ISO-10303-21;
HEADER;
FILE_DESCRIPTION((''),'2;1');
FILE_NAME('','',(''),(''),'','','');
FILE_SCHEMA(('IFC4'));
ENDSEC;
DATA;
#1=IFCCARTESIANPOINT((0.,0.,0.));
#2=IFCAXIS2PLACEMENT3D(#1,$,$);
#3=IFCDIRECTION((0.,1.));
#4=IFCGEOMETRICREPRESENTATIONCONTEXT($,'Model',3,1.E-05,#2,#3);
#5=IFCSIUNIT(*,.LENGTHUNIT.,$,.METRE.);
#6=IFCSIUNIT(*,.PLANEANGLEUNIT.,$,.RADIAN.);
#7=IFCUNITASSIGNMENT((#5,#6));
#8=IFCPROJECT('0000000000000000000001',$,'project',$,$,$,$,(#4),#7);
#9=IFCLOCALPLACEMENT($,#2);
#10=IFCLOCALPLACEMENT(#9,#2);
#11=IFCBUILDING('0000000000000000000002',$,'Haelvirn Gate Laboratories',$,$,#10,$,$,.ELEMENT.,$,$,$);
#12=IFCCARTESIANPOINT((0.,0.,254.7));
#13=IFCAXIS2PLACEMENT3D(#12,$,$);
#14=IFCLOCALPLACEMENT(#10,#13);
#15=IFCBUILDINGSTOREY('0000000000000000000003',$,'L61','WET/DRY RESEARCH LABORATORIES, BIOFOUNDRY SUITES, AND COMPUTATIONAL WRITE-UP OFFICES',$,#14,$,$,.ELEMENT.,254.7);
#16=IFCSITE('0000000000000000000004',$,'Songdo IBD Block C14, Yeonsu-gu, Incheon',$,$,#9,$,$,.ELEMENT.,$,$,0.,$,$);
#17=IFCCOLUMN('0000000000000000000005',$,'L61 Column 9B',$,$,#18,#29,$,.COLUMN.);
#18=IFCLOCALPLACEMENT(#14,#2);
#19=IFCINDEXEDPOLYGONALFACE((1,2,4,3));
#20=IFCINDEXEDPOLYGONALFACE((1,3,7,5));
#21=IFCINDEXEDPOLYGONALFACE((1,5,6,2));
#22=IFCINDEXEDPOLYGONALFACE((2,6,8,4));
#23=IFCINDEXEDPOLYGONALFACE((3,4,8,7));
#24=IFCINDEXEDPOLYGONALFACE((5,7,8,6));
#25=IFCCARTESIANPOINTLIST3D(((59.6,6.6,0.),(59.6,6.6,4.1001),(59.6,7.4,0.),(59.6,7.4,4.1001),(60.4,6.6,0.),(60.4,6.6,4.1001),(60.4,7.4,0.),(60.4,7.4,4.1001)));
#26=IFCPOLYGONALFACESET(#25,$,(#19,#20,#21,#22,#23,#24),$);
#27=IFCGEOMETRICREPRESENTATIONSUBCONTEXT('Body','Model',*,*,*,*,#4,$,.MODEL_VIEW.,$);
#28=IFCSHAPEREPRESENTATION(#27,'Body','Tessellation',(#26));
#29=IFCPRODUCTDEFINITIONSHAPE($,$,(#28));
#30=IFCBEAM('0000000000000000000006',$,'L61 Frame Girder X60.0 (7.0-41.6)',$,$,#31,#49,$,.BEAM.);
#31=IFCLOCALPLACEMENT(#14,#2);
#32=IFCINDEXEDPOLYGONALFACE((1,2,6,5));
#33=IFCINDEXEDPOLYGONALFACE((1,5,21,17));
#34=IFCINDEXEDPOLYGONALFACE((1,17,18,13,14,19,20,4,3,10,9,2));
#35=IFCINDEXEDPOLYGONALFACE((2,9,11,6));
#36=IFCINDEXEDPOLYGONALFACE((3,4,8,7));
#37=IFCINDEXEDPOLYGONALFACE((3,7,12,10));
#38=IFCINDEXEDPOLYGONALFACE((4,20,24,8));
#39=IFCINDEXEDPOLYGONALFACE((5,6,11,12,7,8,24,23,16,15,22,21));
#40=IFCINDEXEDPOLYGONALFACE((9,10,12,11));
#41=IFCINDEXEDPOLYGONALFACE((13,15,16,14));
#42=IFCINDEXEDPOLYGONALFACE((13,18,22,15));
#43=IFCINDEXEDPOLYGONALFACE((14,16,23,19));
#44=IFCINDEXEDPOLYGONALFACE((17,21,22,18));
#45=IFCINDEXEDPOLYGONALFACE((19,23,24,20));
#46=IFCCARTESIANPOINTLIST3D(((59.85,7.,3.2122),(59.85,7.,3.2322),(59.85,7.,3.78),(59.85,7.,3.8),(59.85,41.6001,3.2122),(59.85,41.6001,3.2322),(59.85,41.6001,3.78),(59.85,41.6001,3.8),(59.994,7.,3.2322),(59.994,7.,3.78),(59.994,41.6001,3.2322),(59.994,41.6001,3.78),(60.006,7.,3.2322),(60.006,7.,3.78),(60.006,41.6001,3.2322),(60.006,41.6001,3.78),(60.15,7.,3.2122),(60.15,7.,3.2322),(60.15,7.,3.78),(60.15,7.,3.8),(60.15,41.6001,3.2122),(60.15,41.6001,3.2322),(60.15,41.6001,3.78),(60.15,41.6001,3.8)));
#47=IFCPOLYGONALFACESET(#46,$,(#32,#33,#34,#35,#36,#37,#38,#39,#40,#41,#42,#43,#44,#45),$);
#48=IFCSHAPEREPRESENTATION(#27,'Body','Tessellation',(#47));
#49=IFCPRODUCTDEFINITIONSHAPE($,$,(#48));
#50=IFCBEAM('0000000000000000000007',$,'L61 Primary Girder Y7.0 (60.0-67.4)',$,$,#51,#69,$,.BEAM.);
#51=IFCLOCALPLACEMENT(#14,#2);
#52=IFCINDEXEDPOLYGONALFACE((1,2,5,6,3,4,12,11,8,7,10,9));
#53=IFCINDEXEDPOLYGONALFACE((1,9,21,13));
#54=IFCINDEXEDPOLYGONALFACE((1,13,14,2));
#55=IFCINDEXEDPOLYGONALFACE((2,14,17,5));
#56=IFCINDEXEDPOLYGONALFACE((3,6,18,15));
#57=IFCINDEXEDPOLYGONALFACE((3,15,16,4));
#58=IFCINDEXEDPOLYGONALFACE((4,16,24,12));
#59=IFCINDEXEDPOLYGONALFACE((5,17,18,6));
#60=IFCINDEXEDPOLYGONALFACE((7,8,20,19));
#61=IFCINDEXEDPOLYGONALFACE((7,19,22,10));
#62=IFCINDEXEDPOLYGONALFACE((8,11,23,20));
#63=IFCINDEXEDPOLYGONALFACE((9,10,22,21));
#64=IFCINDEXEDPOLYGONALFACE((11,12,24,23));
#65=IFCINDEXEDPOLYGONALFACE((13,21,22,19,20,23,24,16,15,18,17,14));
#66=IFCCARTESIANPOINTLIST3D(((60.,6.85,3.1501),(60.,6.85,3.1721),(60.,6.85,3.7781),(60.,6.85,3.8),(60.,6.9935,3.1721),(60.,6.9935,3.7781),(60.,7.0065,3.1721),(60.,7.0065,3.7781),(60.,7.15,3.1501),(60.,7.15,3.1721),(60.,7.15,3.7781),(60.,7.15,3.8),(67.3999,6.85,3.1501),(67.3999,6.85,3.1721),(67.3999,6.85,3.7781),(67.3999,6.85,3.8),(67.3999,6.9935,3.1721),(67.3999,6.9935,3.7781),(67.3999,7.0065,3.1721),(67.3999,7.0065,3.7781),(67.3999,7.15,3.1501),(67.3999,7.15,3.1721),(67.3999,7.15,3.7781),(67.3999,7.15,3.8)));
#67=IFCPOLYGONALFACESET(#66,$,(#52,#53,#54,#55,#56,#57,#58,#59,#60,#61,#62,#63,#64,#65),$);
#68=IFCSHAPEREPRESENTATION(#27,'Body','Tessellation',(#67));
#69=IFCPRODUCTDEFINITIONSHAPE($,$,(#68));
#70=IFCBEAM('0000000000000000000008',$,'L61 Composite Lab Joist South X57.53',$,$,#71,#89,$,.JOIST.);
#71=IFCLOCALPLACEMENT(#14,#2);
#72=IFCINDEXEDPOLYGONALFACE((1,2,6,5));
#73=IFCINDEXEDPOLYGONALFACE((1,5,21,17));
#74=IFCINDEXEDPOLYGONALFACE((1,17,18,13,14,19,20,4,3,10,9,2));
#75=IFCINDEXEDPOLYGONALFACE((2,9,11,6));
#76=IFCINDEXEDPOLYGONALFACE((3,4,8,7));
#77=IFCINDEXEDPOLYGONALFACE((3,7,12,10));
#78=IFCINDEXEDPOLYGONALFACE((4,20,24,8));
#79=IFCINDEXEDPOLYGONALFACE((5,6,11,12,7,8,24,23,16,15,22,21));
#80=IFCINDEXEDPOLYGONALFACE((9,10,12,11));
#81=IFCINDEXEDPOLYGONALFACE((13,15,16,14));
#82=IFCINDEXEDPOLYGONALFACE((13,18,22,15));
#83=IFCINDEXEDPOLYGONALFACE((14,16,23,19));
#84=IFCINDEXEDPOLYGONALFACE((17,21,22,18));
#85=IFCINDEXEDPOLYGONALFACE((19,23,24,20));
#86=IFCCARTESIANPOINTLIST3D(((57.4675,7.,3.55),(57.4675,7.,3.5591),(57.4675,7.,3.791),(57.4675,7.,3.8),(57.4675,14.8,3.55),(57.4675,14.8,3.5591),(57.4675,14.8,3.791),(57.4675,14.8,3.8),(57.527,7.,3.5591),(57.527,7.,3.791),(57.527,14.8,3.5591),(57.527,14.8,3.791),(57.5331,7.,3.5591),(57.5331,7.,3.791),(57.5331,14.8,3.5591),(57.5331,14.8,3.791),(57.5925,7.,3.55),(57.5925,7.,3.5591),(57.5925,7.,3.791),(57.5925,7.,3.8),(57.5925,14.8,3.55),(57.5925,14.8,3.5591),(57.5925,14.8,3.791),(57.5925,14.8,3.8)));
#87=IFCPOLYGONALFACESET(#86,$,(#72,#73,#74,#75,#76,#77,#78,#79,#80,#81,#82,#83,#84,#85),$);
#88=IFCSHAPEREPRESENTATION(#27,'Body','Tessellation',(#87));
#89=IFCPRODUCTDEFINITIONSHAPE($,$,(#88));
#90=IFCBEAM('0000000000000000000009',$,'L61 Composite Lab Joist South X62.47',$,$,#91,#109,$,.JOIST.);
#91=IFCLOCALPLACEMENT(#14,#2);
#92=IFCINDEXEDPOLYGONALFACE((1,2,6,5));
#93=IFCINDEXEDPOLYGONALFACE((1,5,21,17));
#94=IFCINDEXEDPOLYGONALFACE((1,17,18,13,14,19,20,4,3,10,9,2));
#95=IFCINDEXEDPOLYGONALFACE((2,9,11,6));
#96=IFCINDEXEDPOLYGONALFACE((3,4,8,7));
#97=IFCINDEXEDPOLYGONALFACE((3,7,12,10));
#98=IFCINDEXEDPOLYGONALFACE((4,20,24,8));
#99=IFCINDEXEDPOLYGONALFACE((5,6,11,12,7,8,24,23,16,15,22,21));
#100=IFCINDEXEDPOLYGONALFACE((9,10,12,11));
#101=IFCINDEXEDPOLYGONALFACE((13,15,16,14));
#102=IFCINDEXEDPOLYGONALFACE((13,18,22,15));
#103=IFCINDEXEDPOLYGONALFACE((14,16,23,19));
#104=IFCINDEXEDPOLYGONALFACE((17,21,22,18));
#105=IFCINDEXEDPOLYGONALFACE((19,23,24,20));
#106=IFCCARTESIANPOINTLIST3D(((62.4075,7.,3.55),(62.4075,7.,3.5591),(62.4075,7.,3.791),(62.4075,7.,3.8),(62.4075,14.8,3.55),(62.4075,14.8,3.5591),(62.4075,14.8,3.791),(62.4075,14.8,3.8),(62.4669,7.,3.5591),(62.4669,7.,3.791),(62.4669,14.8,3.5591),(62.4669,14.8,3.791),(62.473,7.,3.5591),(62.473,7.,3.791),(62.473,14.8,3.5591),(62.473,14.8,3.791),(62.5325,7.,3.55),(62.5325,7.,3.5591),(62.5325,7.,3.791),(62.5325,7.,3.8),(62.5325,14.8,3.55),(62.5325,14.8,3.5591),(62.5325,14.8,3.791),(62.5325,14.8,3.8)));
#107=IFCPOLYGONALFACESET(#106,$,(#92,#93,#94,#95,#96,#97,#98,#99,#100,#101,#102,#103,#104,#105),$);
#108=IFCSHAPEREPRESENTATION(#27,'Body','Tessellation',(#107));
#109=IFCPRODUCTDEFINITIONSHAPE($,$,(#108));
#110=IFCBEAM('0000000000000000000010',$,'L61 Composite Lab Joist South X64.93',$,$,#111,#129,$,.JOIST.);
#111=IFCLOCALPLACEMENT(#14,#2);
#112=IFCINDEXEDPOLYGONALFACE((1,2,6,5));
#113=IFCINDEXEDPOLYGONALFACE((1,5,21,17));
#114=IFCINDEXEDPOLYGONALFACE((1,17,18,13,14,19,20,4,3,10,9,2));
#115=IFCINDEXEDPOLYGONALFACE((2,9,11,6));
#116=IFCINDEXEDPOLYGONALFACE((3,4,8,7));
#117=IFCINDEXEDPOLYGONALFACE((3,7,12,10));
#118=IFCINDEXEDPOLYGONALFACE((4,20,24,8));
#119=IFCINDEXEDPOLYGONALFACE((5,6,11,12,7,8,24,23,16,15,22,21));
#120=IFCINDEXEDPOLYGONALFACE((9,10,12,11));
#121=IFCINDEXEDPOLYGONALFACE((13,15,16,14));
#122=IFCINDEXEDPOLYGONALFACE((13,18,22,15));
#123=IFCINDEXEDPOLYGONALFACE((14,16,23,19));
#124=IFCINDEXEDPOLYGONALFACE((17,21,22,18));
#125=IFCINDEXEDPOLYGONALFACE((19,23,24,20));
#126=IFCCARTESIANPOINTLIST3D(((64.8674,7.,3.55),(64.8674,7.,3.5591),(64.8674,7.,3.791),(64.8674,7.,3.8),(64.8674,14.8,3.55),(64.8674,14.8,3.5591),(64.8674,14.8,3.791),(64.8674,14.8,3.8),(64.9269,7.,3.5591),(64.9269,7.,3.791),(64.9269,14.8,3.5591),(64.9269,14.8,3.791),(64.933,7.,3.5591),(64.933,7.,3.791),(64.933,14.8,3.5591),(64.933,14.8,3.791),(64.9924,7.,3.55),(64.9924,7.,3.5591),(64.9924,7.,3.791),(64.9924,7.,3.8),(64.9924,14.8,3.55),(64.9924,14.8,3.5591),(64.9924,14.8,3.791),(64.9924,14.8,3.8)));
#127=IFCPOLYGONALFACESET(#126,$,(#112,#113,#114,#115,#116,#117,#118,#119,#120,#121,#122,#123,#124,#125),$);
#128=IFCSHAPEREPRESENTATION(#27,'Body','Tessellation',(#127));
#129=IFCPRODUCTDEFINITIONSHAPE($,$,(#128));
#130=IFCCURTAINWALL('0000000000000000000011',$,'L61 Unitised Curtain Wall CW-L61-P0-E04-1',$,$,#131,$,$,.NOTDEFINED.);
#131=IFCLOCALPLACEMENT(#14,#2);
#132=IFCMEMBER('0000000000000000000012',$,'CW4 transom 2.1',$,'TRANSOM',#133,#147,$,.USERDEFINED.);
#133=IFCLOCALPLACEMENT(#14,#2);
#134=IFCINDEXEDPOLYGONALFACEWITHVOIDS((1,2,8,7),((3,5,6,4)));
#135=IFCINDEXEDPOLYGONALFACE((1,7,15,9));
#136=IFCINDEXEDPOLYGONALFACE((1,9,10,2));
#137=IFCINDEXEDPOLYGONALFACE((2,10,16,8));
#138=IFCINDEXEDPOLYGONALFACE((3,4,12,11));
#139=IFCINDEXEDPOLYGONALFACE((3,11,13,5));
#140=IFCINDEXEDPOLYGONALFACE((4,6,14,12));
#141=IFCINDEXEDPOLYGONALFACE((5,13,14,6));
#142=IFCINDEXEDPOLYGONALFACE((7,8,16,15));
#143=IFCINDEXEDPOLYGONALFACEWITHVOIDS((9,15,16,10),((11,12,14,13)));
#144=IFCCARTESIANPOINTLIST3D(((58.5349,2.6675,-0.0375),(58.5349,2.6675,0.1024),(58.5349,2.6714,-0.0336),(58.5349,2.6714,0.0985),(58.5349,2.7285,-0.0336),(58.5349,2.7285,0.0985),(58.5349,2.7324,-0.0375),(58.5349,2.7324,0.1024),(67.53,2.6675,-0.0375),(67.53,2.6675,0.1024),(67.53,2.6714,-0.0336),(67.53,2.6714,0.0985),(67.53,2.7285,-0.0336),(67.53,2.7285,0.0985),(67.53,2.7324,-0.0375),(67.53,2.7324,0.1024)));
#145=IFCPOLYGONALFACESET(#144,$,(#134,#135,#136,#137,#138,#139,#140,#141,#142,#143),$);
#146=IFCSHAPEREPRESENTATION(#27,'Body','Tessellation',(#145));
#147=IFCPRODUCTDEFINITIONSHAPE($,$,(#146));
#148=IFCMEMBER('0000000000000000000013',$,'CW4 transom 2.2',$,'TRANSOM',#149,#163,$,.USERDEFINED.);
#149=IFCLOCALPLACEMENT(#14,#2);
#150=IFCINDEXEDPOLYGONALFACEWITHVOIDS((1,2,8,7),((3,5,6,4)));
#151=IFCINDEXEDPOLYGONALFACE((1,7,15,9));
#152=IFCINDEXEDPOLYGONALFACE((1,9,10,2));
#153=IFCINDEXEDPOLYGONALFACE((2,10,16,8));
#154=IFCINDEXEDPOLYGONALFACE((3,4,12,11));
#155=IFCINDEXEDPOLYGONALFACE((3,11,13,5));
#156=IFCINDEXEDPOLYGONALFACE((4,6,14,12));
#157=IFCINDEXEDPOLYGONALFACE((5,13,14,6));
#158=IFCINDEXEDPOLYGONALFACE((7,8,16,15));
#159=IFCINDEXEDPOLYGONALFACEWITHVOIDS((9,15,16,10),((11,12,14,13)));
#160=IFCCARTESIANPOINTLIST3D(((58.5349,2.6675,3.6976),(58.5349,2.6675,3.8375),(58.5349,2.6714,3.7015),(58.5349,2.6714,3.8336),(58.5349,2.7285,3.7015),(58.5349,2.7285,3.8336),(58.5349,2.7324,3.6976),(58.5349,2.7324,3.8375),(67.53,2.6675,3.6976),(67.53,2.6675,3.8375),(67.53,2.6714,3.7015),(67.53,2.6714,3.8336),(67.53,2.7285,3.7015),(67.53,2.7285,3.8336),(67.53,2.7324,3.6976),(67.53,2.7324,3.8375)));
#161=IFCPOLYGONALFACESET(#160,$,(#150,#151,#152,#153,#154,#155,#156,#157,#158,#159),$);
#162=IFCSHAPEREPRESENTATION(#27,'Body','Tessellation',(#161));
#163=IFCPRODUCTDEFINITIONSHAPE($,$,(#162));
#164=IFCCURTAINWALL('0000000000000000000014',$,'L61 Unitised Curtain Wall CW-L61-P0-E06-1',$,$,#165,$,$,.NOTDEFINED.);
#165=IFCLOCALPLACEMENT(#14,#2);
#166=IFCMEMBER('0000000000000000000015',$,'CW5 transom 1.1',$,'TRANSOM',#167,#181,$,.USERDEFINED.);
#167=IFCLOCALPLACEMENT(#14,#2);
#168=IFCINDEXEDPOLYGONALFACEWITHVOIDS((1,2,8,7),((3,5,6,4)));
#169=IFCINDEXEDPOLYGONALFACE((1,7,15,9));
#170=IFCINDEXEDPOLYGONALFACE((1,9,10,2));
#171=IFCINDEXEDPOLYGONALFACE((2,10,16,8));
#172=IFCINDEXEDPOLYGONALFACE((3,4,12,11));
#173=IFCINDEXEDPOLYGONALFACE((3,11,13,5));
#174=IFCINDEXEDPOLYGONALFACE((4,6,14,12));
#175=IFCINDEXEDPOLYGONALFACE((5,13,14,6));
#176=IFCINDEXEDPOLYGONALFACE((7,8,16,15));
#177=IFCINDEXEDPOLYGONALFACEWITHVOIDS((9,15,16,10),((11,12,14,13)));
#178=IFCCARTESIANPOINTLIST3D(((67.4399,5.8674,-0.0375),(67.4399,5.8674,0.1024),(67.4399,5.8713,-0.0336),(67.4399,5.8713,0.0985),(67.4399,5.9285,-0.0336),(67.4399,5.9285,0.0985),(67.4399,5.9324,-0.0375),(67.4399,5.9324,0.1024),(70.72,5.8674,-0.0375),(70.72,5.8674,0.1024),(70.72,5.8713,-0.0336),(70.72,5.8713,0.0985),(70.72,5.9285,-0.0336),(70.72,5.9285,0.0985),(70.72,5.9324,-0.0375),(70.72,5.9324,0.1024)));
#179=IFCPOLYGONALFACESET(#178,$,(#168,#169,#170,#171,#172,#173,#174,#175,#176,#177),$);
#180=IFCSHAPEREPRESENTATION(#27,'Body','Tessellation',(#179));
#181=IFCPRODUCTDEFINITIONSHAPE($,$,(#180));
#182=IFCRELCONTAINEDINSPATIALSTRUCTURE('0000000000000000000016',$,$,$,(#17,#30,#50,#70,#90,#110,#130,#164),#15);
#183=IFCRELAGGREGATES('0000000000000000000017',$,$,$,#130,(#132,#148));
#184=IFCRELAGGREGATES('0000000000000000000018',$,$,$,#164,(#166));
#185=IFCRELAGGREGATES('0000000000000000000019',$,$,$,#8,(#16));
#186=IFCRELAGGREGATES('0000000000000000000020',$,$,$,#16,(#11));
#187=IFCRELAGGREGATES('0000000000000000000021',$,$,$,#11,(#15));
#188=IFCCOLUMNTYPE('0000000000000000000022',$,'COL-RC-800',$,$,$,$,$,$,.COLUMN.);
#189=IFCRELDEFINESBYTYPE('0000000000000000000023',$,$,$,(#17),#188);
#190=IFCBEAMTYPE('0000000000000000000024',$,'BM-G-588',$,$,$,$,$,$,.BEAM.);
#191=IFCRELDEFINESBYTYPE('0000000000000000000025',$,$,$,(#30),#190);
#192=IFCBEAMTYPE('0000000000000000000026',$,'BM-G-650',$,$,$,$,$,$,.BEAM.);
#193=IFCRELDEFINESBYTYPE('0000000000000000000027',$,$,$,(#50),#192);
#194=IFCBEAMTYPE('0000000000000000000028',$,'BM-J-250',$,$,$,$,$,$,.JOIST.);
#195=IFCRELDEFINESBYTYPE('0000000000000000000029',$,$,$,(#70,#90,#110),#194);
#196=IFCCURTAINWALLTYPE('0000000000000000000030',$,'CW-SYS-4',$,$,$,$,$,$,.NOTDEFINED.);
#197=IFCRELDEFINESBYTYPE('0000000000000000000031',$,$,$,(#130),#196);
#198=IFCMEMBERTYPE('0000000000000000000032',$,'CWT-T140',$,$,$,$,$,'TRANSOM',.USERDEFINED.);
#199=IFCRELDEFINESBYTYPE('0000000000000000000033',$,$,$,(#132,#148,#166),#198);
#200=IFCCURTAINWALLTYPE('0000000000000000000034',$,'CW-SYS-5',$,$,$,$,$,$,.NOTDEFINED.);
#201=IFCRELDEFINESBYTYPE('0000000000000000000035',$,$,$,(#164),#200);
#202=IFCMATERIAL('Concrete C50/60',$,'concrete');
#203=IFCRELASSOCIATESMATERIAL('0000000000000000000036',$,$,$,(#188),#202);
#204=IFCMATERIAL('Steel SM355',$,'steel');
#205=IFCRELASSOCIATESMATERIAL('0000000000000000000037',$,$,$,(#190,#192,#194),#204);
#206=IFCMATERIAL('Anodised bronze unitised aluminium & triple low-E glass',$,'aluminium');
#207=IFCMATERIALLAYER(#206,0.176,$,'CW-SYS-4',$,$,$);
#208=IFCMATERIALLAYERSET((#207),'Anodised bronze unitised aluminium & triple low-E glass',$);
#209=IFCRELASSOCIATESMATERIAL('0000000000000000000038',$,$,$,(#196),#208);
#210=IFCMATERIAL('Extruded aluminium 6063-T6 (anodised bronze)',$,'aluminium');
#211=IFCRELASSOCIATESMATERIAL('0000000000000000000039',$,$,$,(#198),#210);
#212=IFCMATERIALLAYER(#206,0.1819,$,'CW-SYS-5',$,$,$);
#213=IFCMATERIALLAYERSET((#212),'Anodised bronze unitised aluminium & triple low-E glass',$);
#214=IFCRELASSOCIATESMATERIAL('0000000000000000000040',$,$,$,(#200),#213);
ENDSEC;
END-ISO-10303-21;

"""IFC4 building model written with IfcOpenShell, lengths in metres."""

from ifc_helpers import new_model, si_unit, direction, frame, origin, origin_2d, place, context, subcontext, project, spatial, rectangle, hollow_rectangle, i_section, extrude, source, transform, mapped, material, layer, layer_set, material_profile, profile_set, type_object, type_shapes, element, aggregate, save


model = new_model("IFC4")

# Units and contexts
model_context = context("Model", 3, precision=1e-05, world=origin(), true_north=direction((0.0, 1.0)))
body_context = subcontext(model_context, "Body", "Model", "MODEL_VIEW")
ifc_project = project(units=[si_unit("LENGTHUNIT", "METRE"), si_unit("PLANEANGLEUNIT", "RADIAN")], contexts=[model_context])

# Site, building, storey
site_placement = place(None, origin())
site = spatial("IfcSite", under=ifc_project, at=site_placement, Name="Songdo IBD Block C14, Yeonsu-gu, Incheon", CompositionType="ELEMENT", RefElevation=0.0)
building_placement = place(site_placement, origin())
building = spatial("IfcBuilding", under=site, at=building_placement, Name="Haelvirn Gate Laboratories", CompositionType="ELEMENT")
storey_placement = place(building_placement, frame((0.0, 0.0, 254.7)))
storey = spatial("IfcBuildingStorey", under=building, at=storey_placement, Name="L61", Description="WET/DRY RESEARCH LABORATORIES, BIOFOUNDRY SUITES, AND COMPUTATIONAL WRITE-UP OFFICES", CompositionType="ELEMENT", Elevation=254.7)

# Column
ifc_material_1 = material(Name="Concrete C50/60", Category="concrete")
ifc_material_profile_1 = material_profile(ifc_material_1, rectangle(XDim=0.8, YDim=0.8, at=origin_2d()), Name="RC-800x800")
ifc_profile_set_1 = profile_set([ifc_material_profile_1], Name="Concrete C50/60")
column_type = type_object("IfcColumnType", Name="COL-RC-800", PredefinedType="COLUMN", material=ifc_profile_set_1)
shared_shape_1 = source(origin(), body_context, "Body", "SweptSolid", [
    extrude(rectangle(XDim=0.8, YDim=0.8, at=origin_2d()), origin(), (0.0, 0.0, 1.0), 4.1001),
])
type_shapes(column_type, [shared_shape_1])
column_placement = place(storey_placement, frame((60.0, 7.0, 0.0), z_axis=(0.0, 0.0, 1.0), x_axis=(1.0, 0.0, 0.0)))
element("IfcColumn", 1, at=column_placement, inside=storey, type_object=column_type, Name="L61 Column 9B", PredefinedType="COLUMN", context=body_context, shape_type="MappedRepresentation", body=[
    mapped(shared_shape_1, transform((0.0, 0.0, 0.0), scale=1.0)),
])

# Beams
ifc_material_2 = material(Name="Steel SM355", Category="steel")
ifc_material_profile_2 = material_profile(ifc_material_2, i_section(OverallWidth=0.3, OverallDepth=0.5879, WebThickness=0.012, FlangeThickness=0.02, at=origin_2d()), Name="H-588x300x12x20")
ifc_profile_set_2 = profile_set([ifc_material_profile_2], Name="Steel SM355")
beam_type_1 = type_object("IfcBeamType", Name="BM-G-588", PredefinedType="BEAM", material=ifc_profile_set_2)
shared_shape_2 = source(origin(), body_context, "Body", "SweptSolid", [
    extrude(i_section(OverallWidth=0.3, OverallDepth=0.5879, WebThickness=0.012, FlangeThickness=0.02, at=origin_2d()), origin(), (0.0, 0.0, 1.0), 34.6001),
])
type_shapes(beam_type_1, [shared_shape_2])
beam_1_placement = place(storey_placement, frame((60.0, 7.0, 3.5061), z_axis=(0.0, 1.0, 0.0), x_axis=(-1.0, 0.0, 0.0)))
element("IfcBeam", 2, at=beam_1_placement, inside=storey, type_object=beam_type_1, Name="L61 Frame Girder X60.0 (7.0-41.6)", PredefinedType="BEAM", context=body_context, shape_type="MappedRepresentation", body=[
    mapped(shared_shape_2, transform((0.0, 0.0, 0.0), scale=1.0)),
])
ifc_material_profile_3 = material_profile(ifc_material_2, i_section(OverallWidth=0.3, OverallDepth=0.6499, WebThickness=0.0129, FlangeThickness=0.022, at=origin_2d()), Name="H-650x300x13x22")
ifc_profile_set_3 = profile_set([ifc_material_profile_3], Name="Steel SM355")
beam_type_2 = type_object("IfcBeamType", Name="BM-G-650", PredefinedType="BEAM", material=ifc_profile_set_3)
shared_shape_3 = source(origin(), body_context, "Body", "SweptSolid", [
    extrude(i_section(OverallWidth=0.3, OverallDepth=0.6499, WebThickness=0.0129, FlangeThickness=0.022, at=origin_2d()), origin(), (0.0, 0.0, 1.0), 7.3999),
])
type_shapes(beam_type_2, [shared_shape_3])
beam_2_placement = place(storey_placement, frame((60.0, 7.0, 3.4751), z_axis=(1.0, 0.0, 0.0), x_axis=(0.0, 1.0, 0.0)))
element("IfcBeam", 3, at=beam_2_placement, inside=storey, type_object=beam_type_2, Name="L61 Primary Girder Y7.0 (60.0-67.4)", PredefinedType="BEAM", context=body_context, shape_type="MappedRepresentation", body=[
    mapped(shared_shape_3, transform((0.0, 0.0, 0.0), scale=1.0)),
])
ifc_material_profile_4 = material_profile(ifc_material_2, i_section(OverallWidth=0.125, OverallDepth=0.25, WebThickness=0.0061, FlangeThickness=0.009, at=origin_2d()), Name="H-250x125x6x9")
ifc_profile_set_4 = profile_set([ifc_material_profile_4], Name="Steel SM355")
beam_type_3 = type_object("IfcBeamType", Name="BM-J-250", PredefinedType="JOIST", material=ifc_profile_set_4)
shared_shape_4 = source(origin(), body_context, "Body", "SweptSolid", [
    extrude(i_section(OverallWidth=0.125, OverallDepth=0.25, WebThickness=0.0061, FlangeThickness=0.009, at=origin_2d()), origin(), (0.0, 0.0, 1.0), 7.8),
])
type_shapes(beam_type_3, [shared_shape_4])
for number, where, z_axis, x_axis, name in (
    (4, (57.53, 7.0, 3.675), (0.0, 1.0, 0.0), (-1.0, 0.0, 0.0), "L61 Composite Lab Joist South X57.53"),
    (5, (62.47, 7.0, 3.675), (0.0, 1.0, 0.0), (-1.0, 0.0, 0.0), "L61 Composite Lab Joist South X62.47"),
    (6, (64.9299, 7.0, 3.675), (0.0, 1.0, 0.0), (-1.0, 0.0, 0.0), "L61 Composite Lab Joist South X64.93"),
):
    element("IfcBeam", number, at=place(storey_placement, frame(where, z_axis=z_axis, x_axis=x_axis)), inside=storey, type_object=beam_type_3, Name=name, PredefinedType="JOIST", context=body_context, shape_type="MappedRepresentation", body=[
        mapped(shared_shape_4, transform((0.0, 0.0, 0.0), scale=1.0)),
    ])

# Curtain walls, members
ifc_material_3 = material(Name="Anodised bronze unitised aluminium & triple low-E glass", Category="aluminium")
ifc_layer_1 = layer(ifc_material_3, 0.176, Name="CW-SYS-4")
ifc_layer_set_1 = layer_set([ifc_layer_1], Name="Anodised bronze unitised aluminium & triple low-E glass")
curtain_wall_type_1 = type_object("IfcCurtainWallType", Name="CW-SYS-4", PredefinedType="NOTDEFINED", material=ifc_layer_set_1)
curtain_wall_1_placement = place(storey_placement, origin())
curtain_wall_1 = element("IfcCurtainWall", 7, at=curtain_wall_1_placement, inside=storey, type_object=curtain_wall_type_1, Name="L61 Unitised Curtain Wall CW-L61-P0-E04-1", PredefinedType="NOTDEFINED")
ifc_material_4 = material(Name="Extruded aluminium 6063-T6 (anodised bronze)", Category="aluminium")
ifc_material_profile_5 = material_profile(ifc_material_4, hollow_rectangle(XDim=0.0649, YDim=0.1399, WallThickness=0.0039, at=origin_2d()), Name="CWT-140x65x4")
ifc_profile_set_5 = profile_set([ifc_material_profile_5], Name="Extruded aluminium 6063-T6 (anodised bronze)")
member_type_1 = type_object("IfcMemberType", Name="CWT-T140", ElementType="TRANSOM", PredefinedType="USERDEFINED", material=ifc_profile_set_5)
shared_shape_5 = source(origin(), body_context, "Body", "SweptSolid", [
    extrude(hollow_rectangle(XDim=0.0649, YDim=0.1399, WallThickness=0.0039, at=origin_2d()), origin(), (0.0, 0.0, 1.0), 8.9951),
])
member_1_placement = place(storey_placement, frame((58.5349, 2.7, 0.0325), z_axis=(1.0, 0.0, 0.0), x_axis=(0.0, 1.0, 0.0)))
member_1 = element("IfcMember", 8, at=member_1_placement, type_object=member_type_1, Name="CW4 transom 2.1", ObjectType="TRANSOM", PredefinedType="USERDEFINED", context=body_context, shape_type="MappedRepresentation", body=[
    mapped(shared_shape_5, transform((0.0, 0.0, 0.0), scale=1.0)),
])
member_2_placement = place(storey_placement, frame((58.5349, 2.7, 3.7676), z_axis=(1.0, 0.0, 0.0), x_axis=(0.0, 1.0, 0.0)))
member_2 = element("IfcMember", 9, at=member_2_placement, type_object=member_type_1, Name="CW4 transom 2.2", ObjectType="TRANSOM", PredefinedType="USERDEFINED", context=body_context, shape_type="MappedRepresentation", body=[
    mapped(shared_shape_5, transform((0.0, 0.0, 0.0), scale=1.0)),
])
ifc_layer_2 = layer(ifc_material_3, 0.1819, Name="CW-SYS-5")
ifc_layer_set_2 = layer_set([ifc_layer_2], Name="Anodised bronze unitised aluminium & triple low-E glass")
curtain_wall_type_2 = type_object("IfcCurtainWallType", Name="CW-SYS-5", PredefinedType="NOTDEFINED", material=ifc_layer_set_2)
curtain_wall_2_placement = place(storey_placement, origin())
curtain_wall_2 = element("IfcCurtainWall", 10, at=curtain_wall_2_placement, inside=storey, type_object=curtain_wall_type_2, Name="L61 Unitised Curtain Wall CW-L61-P0-E06-1", PredefinedType="NOTDEFINED")
shared_shape_6 = source(origin(), body_context, "Body", "SweptSolid", [
    extrude(hollow_rectangle(XDim=0.0649, YDim=0.1399, WallThickness=0.0039, at=origin_2d()), origin(), (0.0, 0.0, 1.0), 3.28),
])
member_3_placement = place(storey_placement, frame((67.4399, 5.8999, 0.0325), z_axis=(1.0, 0.0, 0.0), x_axis=(0.0, 1.0, 0.0)))
member_3 = element("IfcMember", 11, at=member_3_placement, type_object=member_type_1, Name="CW5 transom 1.1", ObjectType="TRANSOM", PredefinedType="USERDEFINED", context=body_context, shape_type="MappedRepresentation", body=[
    mapped(shared_shape_6, transform((0.0, 0.0, 0.0), scale=1.0)),
])

aggregate(curtain_wall_1, [member_1, member_2])
aggregate(curtain_wall_2, [member_3])

save(model, "model.ifc")
